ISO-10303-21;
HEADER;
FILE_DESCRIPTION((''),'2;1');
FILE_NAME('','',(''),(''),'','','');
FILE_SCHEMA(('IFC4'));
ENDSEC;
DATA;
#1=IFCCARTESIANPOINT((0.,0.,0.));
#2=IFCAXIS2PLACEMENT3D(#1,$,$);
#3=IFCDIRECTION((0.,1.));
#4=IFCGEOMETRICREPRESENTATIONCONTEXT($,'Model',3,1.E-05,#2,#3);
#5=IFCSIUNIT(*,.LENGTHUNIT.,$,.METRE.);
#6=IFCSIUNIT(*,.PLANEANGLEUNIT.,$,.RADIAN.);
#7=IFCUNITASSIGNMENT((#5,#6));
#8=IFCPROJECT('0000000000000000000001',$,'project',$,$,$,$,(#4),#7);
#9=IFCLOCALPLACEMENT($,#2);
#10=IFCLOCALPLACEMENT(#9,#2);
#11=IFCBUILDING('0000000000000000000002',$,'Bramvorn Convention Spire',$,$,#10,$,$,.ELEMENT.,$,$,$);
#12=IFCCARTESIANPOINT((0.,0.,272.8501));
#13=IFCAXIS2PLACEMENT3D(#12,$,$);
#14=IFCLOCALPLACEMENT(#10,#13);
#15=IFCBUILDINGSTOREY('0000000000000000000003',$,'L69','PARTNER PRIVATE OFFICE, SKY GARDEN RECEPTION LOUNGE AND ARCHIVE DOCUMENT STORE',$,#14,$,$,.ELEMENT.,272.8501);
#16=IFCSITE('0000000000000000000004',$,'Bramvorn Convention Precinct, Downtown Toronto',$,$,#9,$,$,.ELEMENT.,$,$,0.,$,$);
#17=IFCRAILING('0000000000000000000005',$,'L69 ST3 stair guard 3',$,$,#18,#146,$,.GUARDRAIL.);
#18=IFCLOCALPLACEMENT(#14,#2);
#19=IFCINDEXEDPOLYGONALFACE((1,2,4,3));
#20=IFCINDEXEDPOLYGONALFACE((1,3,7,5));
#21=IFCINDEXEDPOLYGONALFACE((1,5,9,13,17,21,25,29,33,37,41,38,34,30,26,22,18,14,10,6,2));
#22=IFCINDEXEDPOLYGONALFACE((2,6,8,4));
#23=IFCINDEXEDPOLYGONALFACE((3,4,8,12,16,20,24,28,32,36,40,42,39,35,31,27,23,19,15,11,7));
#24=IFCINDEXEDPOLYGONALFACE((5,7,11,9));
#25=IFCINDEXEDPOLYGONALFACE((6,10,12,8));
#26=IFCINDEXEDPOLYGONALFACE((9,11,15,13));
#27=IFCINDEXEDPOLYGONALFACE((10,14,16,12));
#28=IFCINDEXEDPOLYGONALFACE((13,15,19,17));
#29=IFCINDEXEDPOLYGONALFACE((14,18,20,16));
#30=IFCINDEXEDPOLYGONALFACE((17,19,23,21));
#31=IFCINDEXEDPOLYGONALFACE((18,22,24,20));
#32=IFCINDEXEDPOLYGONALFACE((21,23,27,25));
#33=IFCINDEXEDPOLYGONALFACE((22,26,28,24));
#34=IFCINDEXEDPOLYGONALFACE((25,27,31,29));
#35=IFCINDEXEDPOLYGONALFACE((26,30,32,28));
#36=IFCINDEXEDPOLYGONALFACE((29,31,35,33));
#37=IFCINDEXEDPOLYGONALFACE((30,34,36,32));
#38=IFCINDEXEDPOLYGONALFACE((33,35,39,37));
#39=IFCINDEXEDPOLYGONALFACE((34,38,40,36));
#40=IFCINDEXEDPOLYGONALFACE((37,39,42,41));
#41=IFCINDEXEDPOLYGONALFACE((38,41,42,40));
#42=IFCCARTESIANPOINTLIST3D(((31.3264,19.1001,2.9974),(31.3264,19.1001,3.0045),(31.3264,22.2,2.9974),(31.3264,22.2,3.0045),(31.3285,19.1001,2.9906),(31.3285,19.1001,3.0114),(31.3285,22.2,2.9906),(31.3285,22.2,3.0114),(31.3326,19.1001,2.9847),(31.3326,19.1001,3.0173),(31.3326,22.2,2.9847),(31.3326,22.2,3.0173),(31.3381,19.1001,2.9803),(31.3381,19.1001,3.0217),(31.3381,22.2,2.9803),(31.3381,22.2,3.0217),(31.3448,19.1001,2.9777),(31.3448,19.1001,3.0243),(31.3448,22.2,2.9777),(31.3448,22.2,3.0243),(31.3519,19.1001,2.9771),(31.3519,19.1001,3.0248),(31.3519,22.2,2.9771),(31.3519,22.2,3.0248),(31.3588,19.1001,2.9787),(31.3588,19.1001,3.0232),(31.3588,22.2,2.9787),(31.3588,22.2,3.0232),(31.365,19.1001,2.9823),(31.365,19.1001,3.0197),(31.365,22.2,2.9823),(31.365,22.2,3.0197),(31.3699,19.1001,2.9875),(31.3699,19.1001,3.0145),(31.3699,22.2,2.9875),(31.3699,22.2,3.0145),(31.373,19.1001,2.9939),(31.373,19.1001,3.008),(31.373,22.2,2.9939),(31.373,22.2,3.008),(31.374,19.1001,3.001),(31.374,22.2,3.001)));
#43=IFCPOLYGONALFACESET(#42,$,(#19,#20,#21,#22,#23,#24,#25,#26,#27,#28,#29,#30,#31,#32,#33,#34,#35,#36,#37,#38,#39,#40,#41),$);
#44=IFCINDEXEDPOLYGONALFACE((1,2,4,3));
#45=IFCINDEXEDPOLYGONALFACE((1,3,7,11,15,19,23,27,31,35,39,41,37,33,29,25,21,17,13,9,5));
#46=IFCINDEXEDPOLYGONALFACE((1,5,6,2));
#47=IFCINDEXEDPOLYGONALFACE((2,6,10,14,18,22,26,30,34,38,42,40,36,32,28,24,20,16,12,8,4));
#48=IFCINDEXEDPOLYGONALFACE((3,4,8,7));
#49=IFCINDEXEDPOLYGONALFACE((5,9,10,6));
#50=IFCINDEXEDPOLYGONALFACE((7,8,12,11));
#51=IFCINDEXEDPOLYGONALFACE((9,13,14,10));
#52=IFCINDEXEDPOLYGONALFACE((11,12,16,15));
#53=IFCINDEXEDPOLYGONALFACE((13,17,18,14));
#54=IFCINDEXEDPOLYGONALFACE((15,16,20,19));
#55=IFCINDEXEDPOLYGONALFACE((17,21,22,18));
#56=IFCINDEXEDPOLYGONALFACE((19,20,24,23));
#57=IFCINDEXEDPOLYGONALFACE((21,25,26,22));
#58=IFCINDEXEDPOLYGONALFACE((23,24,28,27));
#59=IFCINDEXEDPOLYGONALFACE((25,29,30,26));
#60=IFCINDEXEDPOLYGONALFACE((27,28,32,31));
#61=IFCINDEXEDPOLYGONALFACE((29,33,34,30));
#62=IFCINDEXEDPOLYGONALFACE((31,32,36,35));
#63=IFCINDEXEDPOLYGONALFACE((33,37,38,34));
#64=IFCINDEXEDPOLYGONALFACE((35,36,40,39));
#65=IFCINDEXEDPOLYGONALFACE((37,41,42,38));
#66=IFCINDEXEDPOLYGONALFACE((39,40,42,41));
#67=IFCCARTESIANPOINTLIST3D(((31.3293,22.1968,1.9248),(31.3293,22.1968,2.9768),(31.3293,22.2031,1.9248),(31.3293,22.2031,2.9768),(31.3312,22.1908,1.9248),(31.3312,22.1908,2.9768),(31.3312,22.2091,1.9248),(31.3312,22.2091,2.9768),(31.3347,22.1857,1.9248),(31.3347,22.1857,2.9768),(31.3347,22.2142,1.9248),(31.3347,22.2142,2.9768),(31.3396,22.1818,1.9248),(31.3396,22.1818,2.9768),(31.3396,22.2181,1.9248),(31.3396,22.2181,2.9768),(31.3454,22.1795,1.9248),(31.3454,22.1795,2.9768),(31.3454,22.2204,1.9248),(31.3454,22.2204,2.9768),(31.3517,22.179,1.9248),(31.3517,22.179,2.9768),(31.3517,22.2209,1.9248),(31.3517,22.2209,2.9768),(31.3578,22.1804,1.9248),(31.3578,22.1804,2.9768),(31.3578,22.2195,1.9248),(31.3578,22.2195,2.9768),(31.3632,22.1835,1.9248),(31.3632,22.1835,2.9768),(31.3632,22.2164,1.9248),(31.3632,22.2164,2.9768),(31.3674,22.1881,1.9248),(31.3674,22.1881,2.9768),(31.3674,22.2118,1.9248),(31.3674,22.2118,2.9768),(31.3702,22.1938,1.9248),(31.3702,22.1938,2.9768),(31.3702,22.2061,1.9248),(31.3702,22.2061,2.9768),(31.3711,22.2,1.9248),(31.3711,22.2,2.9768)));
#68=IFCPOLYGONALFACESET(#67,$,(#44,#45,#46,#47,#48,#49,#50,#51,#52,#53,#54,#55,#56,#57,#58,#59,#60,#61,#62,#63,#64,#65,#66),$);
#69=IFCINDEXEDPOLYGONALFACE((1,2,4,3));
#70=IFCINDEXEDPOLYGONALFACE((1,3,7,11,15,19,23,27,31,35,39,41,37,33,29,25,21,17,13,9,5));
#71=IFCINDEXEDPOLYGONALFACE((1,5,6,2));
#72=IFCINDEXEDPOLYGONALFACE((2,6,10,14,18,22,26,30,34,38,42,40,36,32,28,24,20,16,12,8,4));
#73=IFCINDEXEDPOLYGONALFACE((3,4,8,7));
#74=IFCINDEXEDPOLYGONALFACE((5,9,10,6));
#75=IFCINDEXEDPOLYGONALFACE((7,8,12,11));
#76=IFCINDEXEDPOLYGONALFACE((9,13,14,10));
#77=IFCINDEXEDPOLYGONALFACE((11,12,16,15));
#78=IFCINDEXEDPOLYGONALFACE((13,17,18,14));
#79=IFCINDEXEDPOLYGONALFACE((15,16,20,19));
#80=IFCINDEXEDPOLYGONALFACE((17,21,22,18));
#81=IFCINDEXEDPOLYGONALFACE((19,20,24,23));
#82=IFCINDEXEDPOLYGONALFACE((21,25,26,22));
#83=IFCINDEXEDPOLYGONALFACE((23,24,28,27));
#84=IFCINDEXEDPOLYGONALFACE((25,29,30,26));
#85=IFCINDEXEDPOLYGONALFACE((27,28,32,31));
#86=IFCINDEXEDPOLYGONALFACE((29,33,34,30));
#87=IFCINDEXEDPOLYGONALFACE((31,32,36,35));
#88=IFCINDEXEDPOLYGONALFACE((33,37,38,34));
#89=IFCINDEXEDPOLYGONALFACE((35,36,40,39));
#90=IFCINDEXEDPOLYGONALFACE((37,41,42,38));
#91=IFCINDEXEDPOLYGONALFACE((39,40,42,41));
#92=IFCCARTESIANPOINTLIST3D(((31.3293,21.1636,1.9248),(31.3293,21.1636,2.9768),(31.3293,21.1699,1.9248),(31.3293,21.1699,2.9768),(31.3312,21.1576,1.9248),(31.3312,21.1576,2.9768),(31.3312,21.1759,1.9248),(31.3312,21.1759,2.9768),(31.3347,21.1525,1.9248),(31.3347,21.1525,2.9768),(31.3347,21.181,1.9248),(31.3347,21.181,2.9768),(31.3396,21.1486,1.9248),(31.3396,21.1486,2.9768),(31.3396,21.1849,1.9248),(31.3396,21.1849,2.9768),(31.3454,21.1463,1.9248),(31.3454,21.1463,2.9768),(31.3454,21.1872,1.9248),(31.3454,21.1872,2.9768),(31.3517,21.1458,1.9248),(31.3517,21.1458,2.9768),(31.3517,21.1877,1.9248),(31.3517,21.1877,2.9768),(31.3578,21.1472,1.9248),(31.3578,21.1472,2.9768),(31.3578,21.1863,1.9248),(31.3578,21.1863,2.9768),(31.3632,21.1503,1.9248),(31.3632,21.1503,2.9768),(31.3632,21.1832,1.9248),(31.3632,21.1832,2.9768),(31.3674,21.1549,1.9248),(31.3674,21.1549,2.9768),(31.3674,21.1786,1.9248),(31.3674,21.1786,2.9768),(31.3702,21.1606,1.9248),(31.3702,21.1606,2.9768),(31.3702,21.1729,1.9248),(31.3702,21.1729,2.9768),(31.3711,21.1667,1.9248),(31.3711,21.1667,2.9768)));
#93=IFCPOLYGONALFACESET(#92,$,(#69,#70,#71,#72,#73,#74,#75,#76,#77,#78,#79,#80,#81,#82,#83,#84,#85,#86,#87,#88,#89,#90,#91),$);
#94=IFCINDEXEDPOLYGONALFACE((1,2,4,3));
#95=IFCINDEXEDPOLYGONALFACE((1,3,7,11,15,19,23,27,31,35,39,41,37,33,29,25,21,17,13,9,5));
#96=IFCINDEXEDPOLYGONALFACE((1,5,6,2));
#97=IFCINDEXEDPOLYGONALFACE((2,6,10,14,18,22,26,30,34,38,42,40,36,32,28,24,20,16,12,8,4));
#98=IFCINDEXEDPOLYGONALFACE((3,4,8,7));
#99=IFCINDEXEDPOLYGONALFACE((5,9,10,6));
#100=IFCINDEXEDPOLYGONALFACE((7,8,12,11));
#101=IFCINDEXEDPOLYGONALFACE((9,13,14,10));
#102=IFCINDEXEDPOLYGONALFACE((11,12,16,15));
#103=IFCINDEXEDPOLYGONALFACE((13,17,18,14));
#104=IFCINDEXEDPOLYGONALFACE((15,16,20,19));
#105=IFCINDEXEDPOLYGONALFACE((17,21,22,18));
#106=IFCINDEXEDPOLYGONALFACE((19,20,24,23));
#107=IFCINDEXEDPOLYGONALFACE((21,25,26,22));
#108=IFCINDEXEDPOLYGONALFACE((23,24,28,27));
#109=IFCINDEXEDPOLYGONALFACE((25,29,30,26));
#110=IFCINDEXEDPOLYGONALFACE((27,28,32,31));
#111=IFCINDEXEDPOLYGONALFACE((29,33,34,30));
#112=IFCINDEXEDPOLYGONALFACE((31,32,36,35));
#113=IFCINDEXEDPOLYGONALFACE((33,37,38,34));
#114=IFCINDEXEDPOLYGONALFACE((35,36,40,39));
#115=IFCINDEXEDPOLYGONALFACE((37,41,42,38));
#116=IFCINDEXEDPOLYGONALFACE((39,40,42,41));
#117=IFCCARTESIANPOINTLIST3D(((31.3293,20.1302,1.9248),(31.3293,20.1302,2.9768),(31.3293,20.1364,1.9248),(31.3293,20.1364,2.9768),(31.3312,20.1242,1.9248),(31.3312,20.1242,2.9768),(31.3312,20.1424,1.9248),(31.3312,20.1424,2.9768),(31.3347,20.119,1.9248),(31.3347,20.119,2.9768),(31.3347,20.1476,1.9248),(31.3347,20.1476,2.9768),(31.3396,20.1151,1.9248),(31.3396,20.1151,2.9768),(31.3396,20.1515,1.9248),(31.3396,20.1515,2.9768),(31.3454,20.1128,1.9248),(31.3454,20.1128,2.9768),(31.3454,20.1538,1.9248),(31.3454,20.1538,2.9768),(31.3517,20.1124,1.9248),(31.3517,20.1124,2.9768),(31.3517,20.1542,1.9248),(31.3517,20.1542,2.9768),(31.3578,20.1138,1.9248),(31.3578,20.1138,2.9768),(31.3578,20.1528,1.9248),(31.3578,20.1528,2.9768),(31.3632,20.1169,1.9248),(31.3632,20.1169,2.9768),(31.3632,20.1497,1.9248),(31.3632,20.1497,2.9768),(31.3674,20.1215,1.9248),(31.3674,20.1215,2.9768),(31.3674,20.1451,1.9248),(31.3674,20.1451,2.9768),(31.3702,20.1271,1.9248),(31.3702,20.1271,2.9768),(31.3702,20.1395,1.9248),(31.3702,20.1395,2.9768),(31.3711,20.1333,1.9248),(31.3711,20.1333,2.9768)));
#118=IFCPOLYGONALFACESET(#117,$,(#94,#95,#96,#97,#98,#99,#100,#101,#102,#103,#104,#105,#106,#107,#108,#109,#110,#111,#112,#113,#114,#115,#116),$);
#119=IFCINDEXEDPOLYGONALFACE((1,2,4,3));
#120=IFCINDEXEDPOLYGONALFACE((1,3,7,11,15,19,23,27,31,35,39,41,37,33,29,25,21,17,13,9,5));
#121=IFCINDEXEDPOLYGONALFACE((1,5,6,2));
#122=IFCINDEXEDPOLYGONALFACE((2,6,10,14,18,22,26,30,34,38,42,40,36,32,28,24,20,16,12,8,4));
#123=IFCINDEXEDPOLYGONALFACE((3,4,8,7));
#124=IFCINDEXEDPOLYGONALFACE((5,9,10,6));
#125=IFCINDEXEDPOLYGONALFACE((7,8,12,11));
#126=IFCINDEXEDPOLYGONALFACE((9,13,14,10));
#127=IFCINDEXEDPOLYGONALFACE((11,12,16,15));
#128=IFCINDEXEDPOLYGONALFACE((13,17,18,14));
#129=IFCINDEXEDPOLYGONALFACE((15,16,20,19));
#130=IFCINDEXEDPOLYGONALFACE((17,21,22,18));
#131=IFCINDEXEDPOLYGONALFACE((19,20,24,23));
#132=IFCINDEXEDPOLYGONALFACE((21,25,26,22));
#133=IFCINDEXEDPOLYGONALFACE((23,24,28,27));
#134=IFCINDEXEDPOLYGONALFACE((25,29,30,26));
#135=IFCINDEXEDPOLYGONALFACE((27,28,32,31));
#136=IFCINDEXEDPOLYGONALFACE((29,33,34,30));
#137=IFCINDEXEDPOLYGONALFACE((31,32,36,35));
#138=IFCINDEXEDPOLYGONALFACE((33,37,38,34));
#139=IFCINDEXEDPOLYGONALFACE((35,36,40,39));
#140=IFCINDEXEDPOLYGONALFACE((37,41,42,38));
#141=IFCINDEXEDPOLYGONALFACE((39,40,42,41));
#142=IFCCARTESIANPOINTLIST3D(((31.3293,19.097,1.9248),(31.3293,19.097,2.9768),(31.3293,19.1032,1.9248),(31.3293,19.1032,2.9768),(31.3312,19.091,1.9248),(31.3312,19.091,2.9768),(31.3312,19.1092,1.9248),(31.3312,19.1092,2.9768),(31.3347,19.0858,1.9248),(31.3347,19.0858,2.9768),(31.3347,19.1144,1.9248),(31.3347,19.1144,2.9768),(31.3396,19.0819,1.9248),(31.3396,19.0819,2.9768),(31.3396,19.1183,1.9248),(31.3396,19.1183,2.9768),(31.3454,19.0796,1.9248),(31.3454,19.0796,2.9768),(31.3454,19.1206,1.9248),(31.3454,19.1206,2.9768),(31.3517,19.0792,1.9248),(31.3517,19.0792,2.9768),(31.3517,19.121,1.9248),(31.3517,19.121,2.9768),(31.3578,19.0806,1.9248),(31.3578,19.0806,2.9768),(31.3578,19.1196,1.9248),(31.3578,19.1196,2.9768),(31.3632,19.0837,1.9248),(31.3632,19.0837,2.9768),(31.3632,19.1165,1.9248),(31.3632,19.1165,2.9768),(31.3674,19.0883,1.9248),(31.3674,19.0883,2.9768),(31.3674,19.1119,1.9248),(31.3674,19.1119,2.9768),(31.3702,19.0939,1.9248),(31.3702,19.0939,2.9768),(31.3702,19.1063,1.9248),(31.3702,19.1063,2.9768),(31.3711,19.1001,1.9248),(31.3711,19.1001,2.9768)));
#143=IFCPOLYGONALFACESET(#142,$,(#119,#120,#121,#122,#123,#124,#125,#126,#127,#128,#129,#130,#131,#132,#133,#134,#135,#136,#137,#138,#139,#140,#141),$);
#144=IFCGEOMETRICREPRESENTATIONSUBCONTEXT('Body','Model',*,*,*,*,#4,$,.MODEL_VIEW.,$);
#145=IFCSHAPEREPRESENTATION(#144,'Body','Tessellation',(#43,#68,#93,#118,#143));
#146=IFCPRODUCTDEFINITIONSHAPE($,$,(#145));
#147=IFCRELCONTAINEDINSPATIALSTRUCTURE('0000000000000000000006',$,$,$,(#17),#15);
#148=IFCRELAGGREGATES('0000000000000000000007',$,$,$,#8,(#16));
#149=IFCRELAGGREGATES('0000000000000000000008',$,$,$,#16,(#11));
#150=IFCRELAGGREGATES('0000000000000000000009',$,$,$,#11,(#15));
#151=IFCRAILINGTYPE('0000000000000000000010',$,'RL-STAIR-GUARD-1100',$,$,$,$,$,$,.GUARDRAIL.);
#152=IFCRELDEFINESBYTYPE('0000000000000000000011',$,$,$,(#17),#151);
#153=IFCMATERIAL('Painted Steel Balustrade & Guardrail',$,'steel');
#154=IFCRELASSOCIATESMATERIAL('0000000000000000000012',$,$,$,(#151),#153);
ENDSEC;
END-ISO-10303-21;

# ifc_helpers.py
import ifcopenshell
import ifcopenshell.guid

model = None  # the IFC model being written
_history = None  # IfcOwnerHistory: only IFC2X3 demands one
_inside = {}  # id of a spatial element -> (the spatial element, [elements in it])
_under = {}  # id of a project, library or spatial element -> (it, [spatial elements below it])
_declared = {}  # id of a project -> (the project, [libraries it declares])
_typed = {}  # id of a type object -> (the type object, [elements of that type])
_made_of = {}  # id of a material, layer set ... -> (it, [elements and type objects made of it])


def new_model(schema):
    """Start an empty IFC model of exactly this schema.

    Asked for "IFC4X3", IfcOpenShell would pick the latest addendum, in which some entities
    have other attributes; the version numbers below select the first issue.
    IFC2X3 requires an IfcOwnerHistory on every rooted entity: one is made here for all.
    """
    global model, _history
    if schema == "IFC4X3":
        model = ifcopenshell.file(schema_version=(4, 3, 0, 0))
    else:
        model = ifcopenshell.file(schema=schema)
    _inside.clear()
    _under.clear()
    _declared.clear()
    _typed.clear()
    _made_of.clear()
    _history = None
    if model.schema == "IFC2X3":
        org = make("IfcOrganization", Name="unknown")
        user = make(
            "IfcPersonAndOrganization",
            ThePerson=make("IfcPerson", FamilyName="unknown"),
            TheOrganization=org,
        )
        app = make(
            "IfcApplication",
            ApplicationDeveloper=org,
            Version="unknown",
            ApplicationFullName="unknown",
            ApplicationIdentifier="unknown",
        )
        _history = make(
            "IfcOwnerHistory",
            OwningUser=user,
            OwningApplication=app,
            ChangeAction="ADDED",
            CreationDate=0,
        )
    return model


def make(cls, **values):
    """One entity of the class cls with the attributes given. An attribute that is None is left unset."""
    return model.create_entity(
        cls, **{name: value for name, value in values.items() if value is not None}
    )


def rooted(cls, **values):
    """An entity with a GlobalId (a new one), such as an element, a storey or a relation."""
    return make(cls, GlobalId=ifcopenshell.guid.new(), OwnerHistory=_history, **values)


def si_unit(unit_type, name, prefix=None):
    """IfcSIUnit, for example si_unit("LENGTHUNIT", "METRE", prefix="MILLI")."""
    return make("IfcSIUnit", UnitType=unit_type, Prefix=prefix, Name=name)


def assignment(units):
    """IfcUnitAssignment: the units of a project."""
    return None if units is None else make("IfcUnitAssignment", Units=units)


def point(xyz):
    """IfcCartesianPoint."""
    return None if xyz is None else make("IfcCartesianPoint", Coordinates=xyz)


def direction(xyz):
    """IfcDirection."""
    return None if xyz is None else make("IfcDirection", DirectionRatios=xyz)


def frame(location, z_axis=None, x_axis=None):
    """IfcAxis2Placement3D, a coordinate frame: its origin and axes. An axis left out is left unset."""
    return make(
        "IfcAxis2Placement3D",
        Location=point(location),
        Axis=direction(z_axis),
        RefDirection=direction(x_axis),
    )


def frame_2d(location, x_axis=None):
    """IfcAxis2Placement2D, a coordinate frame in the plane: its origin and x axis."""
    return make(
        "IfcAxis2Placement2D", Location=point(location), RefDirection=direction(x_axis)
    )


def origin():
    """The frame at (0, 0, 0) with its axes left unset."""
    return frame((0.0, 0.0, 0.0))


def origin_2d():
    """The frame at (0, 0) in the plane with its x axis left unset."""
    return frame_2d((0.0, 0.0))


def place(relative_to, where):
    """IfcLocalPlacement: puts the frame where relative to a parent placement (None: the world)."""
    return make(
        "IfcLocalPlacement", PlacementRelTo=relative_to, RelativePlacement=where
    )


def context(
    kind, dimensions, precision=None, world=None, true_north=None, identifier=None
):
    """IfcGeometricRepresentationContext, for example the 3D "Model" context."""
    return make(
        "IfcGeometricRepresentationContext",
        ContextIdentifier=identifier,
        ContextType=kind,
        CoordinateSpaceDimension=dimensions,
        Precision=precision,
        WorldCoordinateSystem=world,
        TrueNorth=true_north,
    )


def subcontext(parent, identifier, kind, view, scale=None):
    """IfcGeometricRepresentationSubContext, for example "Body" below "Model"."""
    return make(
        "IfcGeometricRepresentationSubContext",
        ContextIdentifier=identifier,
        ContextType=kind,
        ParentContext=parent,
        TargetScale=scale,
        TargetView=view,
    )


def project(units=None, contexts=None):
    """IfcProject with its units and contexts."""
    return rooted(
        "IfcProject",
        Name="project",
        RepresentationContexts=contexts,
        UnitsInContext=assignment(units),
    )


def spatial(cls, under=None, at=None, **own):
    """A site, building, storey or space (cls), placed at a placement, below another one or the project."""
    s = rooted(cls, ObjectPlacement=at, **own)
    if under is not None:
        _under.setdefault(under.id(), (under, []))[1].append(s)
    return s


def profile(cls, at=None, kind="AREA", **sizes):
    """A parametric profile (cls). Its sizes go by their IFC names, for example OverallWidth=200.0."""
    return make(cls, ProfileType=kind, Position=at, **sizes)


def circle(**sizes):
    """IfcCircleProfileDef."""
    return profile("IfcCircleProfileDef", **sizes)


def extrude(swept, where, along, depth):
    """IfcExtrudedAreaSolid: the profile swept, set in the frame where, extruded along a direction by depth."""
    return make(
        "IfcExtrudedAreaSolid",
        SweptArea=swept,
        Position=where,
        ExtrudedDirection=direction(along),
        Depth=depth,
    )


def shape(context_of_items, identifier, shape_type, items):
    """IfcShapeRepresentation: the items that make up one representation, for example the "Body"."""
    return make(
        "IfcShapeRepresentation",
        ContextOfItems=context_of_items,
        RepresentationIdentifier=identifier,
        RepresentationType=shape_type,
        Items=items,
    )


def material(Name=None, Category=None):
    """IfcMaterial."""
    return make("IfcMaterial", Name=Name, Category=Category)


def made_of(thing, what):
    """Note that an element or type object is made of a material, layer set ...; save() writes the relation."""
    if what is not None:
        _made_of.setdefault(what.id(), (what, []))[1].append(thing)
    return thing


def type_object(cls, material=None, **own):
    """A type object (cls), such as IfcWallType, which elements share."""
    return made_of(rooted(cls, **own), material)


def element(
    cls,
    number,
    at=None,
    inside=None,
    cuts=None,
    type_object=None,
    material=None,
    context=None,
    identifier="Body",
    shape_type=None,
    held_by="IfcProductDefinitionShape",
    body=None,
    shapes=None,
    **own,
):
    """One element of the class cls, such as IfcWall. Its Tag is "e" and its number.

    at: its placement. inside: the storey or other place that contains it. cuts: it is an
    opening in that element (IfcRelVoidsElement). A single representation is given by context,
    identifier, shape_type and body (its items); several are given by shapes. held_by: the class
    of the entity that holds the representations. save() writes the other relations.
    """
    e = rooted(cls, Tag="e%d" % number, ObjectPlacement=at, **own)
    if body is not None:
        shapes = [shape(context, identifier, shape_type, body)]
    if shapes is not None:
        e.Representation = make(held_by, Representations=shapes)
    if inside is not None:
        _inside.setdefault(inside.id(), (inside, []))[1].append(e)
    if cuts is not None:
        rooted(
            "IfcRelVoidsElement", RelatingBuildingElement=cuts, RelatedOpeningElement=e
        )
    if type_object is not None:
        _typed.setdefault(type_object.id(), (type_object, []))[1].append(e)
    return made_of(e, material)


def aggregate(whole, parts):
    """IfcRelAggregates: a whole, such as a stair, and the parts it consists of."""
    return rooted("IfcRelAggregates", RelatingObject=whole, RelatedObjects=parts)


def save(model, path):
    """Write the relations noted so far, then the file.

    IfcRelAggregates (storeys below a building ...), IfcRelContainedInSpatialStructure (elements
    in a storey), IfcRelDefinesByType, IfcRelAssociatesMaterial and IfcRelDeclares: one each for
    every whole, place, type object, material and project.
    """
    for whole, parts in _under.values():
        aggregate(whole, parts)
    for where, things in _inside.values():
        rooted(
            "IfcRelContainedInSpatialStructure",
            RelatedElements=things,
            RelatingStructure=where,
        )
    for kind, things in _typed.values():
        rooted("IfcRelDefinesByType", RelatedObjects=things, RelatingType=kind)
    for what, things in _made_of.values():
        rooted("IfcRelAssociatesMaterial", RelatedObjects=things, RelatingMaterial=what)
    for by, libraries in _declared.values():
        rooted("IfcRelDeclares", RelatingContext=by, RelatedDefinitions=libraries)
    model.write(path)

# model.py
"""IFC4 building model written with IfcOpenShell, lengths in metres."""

from ifc_helpers import new_model, si_unit, direction, frame, origin, origin_2d, place, context, subcontext, project, spatial, circle, extrude, material, type_object, element, save


model = new_model("IFC4")

# Units and contexts
model_context = context("Model", 3, precision=1e-05, world=origin(), true_north=direction((0.0, 1.0)))
body_context = subcontext(model_context, "Body", "Model", "MODEL_VIEW")
ifc_project = project(units=[si_unit("LENGTHUNIT", "METRE"), si_unit("PLANEANGLEUNIT", "RADIAN")], contexts=[model_context])

# Site, building, storey
site_placement = place(None, origin())
site = spatial("IfcSite", under=ifc_project, at=site_placement, Name="Bramvorn Convention Precinct, Downtown Toronto", CompositionType="ELEMENT", RefElevation=0.0)
building_placement = place(site_placement, origin())
building = spatial("IfcBuilding", under=site, at=building_placement, Name="Bramvorn Convention Spire", CompositionType="ELEMENT")
storey_placement = place(building_placement, frame((0.0, 0.0, 272.8501)))
storey = spatial("IfcBuildingStorey", under=building, at=storey_placement, Name="L69", Description="PARTNER PRIVATE OFFICE, SKY GARDEN RECEPTION LOUNGE AND ARCHIVE DOCUMENT STORE", CompositionType="ELEMENT", Elevation=272.8501)

# Railing
ifc_material_1 = material(Name="Painted Steel Balustrade & Guardrail", Category="steel")
railing_type_1 = type_object("IfcRailingType", Name="RL-STAIR-GUARD-1100", PredefinedType="GUARDRAIL", material=ifc_material_1)
for number, where, name in (
    (1, (31.3501, 22.2, 1.9248), "L69 ST3 stair guard 3"),
):
    element("IfcRailing", number, at=place(storey_placement, frame(where)), inside=storey, type_object=railing_type_1, Name=name, PredefinedType="GUARDRAIL", context=body_context, shape_type="SweptSolid", body=[
        extrude(circle(Radius=0.0239, at=origin_2d()), frame((0.0, 0.0, 1.0762), z_axis=(0.0, -1.0, 0.0), x_axis=(1.0, 0.0, 0.0)), (0.0, 0.0, 1.0), 3.0999),
        extrude(circle(Radius=0.021, at=origin_2d()), origin(), (0.0, 0.0, 1.0), 1.052),
        extrude(circle(Radius=0.021, at=origin_2d()), frame((0.0, -1.0332, 0.0)), (0.0, 0.0, 1.0), 1.052),
        extrude(circle(Radius=0.021, at=origin_2d()), frame((0.0, -2.0667, 0.0)), (0.0, 0.0, 1.0), 1.052),
        extrude(circle(Radius=0.021, at=origin_2d()), frame((0.0, -3.0999, 0.0)), (0.0, 0.0, 1.0), 1.052),
    ])

save(model, "model.ifc")
